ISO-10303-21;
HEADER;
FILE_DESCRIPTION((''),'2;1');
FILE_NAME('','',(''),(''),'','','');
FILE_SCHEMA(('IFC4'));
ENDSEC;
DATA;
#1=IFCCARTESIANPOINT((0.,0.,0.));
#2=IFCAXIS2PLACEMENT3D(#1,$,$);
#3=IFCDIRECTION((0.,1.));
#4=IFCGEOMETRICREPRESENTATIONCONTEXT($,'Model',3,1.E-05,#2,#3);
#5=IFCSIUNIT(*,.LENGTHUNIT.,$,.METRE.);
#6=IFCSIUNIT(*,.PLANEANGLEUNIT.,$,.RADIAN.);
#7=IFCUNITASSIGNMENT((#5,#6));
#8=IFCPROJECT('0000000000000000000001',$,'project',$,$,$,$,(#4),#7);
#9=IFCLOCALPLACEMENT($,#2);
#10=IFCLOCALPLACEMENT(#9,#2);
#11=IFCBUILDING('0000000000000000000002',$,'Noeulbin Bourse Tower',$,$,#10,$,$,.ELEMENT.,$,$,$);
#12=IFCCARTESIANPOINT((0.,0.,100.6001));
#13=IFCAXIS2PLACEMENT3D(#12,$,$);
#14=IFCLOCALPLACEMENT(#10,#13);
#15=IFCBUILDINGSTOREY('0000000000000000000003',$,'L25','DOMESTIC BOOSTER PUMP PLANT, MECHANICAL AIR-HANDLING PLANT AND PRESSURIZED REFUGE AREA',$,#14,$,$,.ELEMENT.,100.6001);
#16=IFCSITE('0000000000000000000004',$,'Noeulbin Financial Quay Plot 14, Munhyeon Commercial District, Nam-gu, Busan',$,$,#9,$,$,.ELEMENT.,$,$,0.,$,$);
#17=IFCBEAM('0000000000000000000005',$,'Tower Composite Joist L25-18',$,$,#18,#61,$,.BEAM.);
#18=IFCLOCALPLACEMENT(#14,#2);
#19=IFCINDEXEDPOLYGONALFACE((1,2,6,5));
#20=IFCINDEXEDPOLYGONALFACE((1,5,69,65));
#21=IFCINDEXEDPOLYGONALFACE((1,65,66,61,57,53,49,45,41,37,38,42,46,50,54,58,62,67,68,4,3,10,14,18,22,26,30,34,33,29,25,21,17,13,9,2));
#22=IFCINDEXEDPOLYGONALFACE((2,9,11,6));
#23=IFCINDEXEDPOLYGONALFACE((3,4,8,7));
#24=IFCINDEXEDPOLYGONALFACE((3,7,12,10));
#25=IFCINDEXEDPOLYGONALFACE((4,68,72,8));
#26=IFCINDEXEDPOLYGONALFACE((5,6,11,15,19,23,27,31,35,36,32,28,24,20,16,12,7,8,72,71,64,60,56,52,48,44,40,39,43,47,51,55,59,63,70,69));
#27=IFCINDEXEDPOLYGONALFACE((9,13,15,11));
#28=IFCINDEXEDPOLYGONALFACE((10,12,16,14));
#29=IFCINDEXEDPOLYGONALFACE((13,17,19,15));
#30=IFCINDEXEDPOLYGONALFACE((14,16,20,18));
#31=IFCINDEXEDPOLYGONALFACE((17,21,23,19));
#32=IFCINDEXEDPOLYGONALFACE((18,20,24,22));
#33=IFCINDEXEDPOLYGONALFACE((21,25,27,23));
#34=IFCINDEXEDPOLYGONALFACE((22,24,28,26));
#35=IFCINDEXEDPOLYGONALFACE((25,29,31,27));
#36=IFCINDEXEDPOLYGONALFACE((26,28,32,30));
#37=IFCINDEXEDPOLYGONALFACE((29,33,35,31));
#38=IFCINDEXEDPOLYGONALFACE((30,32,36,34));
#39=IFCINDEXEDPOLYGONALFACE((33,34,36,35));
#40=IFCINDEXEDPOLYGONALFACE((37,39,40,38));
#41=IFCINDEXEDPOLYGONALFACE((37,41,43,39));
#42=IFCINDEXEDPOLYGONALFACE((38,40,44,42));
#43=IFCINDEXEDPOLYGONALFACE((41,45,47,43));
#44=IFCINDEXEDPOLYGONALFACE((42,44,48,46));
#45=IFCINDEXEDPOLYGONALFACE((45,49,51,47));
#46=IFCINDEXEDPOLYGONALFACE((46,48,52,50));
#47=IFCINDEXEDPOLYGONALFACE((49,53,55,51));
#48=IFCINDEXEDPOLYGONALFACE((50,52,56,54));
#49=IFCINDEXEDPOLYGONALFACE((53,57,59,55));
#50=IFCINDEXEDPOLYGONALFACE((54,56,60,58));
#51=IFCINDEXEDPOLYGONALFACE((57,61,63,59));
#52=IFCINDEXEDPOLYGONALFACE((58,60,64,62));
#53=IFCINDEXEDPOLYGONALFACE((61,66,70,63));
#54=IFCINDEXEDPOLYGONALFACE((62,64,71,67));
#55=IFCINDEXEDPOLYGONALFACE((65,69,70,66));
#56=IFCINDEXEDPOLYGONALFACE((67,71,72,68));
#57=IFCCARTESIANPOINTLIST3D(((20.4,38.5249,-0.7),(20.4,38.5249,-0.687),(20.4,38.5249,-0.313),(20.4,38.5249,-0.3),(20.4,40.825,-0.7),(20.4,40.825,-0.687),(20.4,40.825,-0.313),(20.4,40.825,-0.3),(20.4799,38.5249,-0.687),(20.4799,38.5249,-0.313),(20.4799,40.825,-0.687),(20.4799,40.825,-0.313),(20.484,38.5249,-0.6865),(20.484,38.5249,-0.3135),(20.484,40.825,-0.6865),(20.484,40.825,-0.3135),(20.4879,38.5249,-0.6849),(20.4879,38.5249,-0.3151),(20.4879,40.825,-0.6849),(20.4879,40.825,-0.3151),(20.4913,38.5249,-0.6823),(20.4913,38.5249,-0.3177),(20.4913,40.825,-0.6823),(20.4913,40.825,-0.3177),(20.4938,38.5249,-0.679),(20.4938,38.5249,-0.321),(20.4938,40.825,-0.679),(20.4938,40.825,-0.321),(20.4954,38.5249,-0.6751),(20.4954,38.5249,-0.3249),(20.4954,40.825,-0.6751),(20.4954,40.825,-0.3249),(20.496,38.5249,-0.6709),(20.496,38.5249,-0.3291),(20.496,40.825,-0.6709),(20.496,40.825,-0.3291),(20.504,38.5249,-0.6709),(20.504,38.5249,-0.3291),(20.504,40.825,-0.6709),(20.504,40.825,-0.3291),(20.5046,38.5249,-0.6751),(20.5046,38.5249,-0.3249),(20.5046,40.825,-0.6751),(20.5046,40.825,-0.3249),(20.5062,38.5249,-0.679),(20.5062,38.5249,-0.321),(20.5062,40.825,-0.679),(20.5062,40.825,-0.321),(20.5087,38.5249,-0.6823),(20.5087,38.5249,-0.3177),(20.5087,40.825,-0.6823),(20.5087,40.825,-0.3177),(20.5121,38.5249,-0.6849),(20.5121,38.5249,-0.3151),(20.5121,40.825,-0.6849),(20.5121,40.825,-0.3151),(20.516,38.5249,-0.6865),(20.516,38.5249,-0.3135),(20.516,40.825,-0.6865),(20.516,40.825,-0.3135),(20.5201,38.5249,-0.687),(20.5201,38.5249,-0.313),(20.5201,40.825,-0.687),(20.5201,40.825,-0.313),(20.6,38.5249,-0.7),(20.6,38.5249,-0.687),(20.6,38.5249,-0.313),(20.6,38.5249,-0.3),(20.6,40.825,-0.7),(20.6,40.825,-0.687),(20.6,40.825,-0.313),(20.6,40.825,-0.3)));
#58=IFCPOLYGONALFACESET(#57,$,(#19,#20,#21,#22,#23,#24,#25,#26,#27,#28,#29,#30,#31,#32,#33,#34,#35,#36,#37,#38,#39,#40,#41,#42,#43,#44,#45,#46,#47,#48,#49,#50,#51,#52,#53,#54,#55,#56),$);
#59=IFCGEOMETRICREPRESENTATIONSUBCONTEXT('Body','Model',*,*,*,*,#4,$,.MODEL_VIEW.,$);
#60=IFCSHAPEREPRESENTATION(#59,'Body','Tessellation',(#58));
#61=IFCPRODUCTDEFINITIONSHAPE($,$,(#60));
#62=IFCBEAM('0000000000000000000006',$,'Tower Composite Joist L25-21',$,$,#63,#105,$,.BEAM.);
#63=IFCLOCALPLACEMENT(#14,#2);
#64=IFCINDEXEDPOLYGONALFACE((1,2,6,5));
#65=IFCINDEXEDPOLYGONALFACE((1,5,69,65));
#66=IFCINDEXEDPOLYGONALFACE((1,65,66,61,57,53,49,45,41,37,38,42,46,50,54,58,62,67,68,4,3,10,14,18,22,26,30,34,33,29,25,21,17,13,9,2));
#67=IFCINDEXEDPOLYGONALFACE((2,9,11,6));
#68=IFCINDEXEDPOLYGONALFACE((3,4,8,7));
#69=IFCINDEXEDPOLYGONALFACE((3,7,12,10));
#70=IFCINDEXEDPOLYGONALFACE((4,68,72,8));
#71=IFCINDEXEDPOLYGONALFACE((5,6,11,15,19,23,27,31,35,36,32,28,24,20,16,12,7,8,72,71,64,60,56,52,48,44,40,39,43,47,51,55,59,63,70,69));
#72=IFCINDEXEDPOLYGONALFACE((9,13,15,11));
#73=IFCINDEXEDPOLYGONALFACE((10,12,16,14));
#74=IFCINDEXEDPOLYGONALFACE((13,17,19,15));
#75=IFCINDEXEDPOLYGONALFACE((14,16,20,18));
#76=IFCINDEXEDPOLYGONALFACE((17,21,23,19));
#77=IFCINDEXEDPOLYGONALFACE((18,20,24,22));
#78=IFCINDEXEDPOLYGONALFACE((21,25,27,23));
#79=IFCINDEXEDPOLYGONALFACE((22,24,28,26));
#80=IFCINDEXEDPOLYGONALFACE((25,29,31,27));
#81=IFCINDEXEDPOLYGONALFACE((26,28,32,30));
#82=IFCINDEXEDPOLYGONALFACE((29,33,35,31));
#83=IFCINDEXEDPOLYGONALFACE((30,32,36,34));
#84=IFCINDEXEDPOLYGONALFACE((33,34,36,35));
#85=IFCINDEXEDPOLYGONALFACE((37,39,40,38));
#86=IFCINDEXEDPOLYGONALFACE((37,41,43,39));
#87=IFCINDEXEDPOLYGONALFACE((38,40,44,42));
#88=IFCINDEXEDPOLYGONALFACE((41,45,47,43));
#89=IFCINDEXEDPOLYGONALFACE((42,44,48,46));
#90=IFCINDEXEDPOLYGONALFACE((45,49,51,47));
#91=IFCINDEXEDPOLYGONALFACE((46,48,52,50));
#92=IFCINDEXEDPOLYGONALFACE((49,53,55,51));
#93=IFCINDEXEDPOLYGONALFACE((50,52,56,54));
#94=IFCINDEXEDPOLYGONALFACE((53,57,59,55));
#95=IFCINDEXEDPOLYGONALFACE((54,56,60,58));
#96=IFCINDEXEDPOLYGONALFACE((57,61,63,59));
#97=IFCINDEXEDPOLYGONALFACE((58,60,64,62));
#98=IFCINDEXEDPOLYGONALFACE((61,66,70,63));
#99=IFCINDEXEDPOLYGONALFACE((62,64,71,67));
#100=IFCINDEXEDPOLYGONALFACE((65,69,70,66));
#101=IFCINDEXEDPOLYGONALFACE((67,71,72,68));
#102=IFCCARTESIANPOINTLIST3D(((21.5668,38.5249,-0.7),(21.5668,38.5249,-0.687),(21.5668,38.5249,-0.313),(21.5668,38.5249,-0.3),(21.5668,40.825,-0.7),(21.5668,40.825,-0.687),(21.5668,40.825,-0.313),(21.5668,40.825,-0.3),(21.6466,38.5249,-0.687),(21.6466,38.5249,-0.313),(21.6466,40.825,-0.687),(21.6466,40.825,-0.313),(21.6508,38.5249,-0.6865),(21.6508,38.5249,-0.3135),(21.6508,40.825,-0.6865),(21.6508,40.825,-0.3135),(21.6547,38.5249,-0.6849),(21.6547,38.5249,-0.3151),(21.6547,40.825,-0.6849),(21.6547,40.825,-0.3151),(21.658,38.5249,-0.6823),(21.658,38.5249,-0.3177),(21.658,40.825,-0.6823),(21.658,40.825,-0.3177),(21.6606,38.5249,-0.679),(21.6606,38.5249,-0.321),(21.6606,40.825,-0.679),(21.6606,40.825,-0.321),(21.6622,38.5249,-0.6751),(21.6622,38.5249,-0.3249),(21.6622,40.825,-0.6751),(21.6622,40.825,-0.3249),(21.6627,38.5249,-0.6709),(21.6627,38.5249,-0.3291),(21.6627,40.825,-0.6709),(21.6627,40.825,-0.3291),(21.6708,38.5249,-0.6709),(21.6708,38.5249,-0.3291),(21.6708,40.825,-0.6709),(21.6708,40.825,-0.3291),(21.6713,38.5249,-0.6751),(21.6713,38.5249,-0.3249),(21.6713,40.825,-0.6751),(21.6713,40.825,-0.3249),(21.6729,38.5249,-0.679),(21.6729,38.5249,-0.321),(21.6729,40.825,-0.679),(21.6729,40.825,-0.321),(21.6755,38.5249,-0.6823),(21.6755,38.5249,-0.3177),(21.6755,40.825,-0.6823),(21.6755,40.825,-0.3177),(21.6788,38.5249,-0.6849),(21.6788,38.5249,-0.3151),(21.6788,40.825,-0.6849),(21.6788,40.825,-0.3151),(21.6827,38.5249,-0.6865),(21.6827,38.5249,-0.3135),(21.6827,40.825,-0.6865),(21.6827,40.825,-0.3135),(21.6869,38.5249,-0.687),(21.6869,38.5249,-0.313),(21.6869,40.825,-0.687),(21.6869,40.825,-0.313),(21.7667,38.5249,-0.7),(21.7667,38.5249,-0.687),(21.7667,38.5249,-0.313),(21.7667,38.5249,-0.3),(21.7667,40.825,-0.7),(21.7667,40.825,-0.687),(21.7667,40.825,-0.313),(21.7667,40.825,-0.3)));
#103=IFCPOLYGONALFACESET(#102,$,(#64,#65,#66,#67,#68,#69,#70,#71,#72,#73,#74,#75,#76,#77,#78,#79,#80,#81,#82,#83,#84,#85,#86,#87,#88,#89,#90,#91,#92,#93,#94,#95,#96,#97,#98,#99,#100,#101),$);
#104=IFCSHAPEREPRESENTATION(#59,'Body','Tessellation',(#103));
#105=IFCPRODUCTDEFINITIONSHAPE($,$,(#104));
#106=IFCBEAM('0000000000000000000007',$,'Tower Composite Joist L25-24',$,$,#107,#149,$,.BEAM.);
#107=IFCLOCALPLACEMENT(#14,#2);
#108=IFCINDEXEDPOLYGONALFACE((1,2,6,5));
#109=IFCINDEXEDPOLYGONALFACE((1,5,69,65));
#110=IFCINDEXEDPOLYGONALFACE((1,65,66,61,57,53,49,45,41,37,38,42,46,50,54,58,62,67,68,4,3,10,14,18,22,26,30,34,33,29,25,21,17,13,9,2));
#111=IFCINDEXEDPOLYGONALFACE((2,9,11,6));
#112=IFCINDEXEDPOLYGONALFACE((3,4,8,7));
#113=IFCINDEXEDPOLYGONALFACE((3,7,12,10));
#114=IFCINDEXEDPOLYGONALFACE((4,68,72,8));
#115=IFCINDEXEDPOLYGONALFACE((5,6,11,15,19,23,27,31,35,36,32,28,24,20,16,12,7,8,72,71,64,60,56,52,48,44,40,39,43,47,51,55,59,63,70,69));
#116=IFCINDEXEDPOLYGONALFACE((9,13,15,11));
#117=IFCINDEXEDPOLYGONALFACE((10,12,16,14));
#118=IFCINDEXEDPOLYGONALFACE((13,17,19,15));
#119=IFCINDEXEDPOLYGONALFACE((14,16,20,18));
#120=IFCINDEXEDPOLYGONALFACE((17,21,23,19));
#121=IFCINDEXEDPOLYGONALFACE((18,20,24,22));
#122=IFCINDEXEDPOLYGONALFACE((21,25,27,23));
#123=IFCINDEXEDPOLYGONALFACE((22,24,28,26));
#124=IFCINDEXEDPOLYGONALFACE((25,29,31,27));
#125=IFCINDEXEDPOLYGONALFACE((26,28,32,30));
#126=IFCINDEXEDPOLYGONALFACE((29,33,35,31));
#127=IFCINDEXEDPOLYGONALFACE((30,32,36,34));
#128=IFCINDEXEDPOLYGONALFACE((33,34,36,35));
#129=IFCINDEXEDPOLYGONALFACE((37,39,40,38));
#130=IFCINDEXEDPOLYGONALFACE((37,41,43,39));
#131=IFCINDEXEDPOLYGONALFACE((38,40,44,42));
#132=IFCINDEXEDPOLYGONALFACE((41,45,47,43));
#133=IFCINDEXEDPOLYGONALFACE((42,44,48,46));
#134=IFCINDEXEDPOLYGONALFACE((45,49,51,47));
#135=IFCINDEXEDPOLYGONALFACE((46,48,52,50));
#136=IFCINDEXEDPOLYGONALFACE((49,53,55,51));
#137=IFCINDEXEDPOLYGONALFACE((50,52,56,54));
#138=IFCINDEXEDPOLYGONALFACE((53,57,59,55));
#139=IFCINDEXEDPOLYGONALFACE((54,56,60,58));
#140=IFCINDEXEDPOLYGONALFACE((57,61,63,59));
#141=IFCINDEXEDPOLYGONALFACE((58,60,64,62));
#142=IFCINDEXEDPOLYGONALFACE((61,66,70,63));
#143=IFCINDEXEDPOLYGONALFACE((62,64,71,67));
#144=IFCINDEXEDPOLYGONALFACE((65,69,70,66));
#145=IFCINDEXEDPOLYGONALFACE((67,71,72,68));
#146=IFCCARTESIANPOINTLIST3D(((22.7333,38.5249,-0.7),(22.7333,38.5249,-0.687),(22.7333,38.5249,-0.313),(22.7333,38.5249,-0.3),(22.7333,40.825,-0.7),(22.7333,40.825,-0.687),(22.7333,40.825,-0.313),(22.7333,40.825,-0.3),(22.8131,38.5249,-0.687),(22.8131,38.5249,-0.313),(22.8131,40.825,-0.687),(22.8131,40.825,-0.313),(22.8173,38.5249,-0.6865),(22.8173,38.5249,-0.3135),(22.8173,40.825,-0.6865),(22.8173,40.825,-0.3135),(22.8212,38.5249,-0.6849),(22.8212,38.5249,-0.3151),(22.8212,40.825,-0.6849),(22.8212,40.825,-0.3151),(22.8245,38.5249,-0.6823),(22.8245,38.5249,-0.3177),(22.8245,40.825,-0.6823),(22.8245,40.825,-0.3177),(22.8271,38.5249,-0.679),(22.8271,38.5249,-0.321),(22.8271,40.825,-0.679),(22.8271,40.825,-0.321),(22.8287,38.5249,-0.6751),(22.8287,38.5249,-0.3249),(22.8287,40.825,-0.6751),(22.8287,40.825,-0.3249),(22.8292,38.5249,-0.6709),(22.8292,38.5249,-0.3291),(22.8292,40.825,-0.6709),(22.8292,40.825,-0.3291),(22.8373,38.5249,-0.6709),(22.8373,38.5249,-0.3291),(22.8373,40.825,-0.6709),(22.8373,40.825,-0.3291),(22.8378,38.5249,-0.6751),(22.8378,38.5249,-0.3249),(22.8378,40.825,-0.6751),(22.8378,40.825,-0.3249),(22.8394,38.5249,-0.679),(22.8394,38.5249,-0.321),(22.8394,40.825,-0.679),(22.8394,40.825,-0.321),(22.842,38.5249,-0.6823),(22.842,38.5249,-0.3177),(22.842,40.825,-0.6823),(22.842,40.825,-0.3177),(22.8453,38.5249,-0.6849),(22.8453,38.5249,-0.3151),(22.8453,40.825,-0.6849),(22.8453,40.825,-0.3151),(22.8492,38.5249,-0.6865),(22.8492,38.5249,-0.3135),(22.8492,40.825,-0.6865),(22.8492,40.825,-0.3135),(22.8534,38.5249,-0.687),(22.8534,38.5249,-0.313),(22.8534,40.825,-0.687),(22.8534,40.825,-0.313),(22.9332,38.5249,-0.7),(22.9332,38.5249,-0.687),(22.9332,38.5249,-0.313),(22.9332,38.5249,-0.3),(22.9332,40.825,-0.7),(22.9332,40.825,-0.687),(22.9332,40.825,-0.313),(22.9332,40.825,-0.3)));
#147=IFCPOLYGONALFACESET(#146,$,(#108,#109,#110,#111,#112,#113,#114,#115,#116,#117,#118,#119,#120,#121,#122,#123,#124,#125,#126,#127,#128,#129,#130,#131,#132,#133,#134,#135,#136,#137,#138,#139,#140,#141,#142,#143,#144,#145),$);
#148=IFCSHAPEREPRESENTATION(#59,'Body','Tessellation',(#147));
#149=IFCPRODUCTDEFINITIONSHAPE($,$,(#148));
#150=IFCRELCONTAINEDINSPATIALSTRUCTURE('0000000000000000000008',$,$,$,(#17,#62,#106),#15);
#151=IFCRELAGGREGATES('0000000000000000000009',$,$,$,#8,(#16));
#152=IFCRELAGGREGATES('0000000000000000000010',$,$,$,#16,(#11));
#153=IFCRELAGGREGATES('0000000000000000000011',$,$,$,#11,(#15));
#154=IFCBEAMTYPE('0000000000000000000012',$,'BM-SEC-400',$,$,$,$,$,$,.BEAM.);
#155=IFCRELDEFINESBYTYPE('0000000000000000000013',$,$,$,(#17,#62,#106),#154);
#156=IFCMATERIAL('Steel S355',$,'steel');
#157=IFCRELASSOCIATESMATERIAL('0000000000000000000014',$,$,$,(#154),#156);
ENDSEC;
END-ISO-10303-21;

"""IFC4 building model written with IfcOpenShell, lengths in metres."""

from ifc_helpers import new_model, si_unit, direction, frame, origin, origin_2d, place, context, subcontext, project, spatial, i_section, extrude, material, material_profile, profile_set, type_object, element, save


model = new_model("IFC4")

# Units and contexts
model_context = context("Model", 3, precision=1e-05, world=origin(), true_north=direction((0.0, 1.0)))
body_context = subcontext(model_context, "Body", "Model", "MODEL_VIEW")
ifc_project = project(units=[si_unit("LENGTHUNIT", "METRE"), si_unit("PLANEANGLEUNIT", "RADIAN")], contexts=[model_context])

# Site, building, storey
site_placement = place(None, origin())
site = spatial("IfcSite", under=ifc_project, at=site_placement, Name="Noeulbin Financial Quay Plot 14, Munhyeon Commercial District, Nam-gu, Busan", CompositionType="ELEMENT", RefElevation=0.0)
building_placement = place(site_placement, origin())
building = spatial("IfcBuilding", under=site, at=building_placement, Name="Noeulbin Bourse Tower", CompositionType="ELEMENT")
storey_placement = place(building_placement, frame((0.0, 0.0, 100.6001)))
storey = spatial("IfcBuildingStorey", under=building, at=storey_placement, Name="L25", Description="DOMESTIC BOOSTER PUMP PLANT, MECHANICAL AIR-HANDLING PLANT AND PRESSURIZED REFUGE AREA", CompositionType="ELEMENT", Elevation=100.6001)

# Beams
ifc_material_1 = material(Name="Steel S355", Category="steel")
ifc_material_profile_1 = material_profile(ifc_material_1, i_section(OverallWidth=0.2, OverallDepth=0.3999, WebThickness=0.0081, FlangeThickness=0.0129, FilletRadius=0.0161, at=origin_2d()), Name="H-400x200x8x13", Category="LoadBearing")
ifc_profile_set_1 = profile_set([ifc_material_profile_1], Name="Steel S355")
beam_type = type_object("IfcBeamType", Name="BM-SEC-400", PredefinedType="BEAM", material=ifc_profile_set_1)
for number, where, z_axis, x_axis, name in (
    (1, (20.5, 38.5249, -0.5), (0.0, 1.0, 0.0), (-1.0, 0.0, 0.0), "Tower Composite Joist L25-18"),
    (2, (21.6667, 38.5249, -0.5), (0.0, 1.0, 0.0), (-1.0, 0.0, 0.0), "Tower Composite Joist L25-21"),
    (3, (22.8333, 38.5249, -0.5), (0.0, 1.0, 0.0), (-1.0, 0.0, 0.0), "Tower Composite Joist L25-24"),
):
    element("IfcBeam", number, at=place(storey_placement, frame(where, z_axis=z_axis, x_axis=x_axis)), inside=storey, type_object=beam_type, Name=name, PredefinedType="BEAM", context=body_context, shape_type="SweptSolid", body=[
        extrude(i_section(OverallWidth=0.2, OverallDepth=0.3999, WebThickness=0.0081, FlangeThickness=0.0129, FilletRadius=0.0161, at=origin_2d()), origin(), (0.0, 0.0, 1.0), 2.3),
    ])

save(model, "model.ifc")
